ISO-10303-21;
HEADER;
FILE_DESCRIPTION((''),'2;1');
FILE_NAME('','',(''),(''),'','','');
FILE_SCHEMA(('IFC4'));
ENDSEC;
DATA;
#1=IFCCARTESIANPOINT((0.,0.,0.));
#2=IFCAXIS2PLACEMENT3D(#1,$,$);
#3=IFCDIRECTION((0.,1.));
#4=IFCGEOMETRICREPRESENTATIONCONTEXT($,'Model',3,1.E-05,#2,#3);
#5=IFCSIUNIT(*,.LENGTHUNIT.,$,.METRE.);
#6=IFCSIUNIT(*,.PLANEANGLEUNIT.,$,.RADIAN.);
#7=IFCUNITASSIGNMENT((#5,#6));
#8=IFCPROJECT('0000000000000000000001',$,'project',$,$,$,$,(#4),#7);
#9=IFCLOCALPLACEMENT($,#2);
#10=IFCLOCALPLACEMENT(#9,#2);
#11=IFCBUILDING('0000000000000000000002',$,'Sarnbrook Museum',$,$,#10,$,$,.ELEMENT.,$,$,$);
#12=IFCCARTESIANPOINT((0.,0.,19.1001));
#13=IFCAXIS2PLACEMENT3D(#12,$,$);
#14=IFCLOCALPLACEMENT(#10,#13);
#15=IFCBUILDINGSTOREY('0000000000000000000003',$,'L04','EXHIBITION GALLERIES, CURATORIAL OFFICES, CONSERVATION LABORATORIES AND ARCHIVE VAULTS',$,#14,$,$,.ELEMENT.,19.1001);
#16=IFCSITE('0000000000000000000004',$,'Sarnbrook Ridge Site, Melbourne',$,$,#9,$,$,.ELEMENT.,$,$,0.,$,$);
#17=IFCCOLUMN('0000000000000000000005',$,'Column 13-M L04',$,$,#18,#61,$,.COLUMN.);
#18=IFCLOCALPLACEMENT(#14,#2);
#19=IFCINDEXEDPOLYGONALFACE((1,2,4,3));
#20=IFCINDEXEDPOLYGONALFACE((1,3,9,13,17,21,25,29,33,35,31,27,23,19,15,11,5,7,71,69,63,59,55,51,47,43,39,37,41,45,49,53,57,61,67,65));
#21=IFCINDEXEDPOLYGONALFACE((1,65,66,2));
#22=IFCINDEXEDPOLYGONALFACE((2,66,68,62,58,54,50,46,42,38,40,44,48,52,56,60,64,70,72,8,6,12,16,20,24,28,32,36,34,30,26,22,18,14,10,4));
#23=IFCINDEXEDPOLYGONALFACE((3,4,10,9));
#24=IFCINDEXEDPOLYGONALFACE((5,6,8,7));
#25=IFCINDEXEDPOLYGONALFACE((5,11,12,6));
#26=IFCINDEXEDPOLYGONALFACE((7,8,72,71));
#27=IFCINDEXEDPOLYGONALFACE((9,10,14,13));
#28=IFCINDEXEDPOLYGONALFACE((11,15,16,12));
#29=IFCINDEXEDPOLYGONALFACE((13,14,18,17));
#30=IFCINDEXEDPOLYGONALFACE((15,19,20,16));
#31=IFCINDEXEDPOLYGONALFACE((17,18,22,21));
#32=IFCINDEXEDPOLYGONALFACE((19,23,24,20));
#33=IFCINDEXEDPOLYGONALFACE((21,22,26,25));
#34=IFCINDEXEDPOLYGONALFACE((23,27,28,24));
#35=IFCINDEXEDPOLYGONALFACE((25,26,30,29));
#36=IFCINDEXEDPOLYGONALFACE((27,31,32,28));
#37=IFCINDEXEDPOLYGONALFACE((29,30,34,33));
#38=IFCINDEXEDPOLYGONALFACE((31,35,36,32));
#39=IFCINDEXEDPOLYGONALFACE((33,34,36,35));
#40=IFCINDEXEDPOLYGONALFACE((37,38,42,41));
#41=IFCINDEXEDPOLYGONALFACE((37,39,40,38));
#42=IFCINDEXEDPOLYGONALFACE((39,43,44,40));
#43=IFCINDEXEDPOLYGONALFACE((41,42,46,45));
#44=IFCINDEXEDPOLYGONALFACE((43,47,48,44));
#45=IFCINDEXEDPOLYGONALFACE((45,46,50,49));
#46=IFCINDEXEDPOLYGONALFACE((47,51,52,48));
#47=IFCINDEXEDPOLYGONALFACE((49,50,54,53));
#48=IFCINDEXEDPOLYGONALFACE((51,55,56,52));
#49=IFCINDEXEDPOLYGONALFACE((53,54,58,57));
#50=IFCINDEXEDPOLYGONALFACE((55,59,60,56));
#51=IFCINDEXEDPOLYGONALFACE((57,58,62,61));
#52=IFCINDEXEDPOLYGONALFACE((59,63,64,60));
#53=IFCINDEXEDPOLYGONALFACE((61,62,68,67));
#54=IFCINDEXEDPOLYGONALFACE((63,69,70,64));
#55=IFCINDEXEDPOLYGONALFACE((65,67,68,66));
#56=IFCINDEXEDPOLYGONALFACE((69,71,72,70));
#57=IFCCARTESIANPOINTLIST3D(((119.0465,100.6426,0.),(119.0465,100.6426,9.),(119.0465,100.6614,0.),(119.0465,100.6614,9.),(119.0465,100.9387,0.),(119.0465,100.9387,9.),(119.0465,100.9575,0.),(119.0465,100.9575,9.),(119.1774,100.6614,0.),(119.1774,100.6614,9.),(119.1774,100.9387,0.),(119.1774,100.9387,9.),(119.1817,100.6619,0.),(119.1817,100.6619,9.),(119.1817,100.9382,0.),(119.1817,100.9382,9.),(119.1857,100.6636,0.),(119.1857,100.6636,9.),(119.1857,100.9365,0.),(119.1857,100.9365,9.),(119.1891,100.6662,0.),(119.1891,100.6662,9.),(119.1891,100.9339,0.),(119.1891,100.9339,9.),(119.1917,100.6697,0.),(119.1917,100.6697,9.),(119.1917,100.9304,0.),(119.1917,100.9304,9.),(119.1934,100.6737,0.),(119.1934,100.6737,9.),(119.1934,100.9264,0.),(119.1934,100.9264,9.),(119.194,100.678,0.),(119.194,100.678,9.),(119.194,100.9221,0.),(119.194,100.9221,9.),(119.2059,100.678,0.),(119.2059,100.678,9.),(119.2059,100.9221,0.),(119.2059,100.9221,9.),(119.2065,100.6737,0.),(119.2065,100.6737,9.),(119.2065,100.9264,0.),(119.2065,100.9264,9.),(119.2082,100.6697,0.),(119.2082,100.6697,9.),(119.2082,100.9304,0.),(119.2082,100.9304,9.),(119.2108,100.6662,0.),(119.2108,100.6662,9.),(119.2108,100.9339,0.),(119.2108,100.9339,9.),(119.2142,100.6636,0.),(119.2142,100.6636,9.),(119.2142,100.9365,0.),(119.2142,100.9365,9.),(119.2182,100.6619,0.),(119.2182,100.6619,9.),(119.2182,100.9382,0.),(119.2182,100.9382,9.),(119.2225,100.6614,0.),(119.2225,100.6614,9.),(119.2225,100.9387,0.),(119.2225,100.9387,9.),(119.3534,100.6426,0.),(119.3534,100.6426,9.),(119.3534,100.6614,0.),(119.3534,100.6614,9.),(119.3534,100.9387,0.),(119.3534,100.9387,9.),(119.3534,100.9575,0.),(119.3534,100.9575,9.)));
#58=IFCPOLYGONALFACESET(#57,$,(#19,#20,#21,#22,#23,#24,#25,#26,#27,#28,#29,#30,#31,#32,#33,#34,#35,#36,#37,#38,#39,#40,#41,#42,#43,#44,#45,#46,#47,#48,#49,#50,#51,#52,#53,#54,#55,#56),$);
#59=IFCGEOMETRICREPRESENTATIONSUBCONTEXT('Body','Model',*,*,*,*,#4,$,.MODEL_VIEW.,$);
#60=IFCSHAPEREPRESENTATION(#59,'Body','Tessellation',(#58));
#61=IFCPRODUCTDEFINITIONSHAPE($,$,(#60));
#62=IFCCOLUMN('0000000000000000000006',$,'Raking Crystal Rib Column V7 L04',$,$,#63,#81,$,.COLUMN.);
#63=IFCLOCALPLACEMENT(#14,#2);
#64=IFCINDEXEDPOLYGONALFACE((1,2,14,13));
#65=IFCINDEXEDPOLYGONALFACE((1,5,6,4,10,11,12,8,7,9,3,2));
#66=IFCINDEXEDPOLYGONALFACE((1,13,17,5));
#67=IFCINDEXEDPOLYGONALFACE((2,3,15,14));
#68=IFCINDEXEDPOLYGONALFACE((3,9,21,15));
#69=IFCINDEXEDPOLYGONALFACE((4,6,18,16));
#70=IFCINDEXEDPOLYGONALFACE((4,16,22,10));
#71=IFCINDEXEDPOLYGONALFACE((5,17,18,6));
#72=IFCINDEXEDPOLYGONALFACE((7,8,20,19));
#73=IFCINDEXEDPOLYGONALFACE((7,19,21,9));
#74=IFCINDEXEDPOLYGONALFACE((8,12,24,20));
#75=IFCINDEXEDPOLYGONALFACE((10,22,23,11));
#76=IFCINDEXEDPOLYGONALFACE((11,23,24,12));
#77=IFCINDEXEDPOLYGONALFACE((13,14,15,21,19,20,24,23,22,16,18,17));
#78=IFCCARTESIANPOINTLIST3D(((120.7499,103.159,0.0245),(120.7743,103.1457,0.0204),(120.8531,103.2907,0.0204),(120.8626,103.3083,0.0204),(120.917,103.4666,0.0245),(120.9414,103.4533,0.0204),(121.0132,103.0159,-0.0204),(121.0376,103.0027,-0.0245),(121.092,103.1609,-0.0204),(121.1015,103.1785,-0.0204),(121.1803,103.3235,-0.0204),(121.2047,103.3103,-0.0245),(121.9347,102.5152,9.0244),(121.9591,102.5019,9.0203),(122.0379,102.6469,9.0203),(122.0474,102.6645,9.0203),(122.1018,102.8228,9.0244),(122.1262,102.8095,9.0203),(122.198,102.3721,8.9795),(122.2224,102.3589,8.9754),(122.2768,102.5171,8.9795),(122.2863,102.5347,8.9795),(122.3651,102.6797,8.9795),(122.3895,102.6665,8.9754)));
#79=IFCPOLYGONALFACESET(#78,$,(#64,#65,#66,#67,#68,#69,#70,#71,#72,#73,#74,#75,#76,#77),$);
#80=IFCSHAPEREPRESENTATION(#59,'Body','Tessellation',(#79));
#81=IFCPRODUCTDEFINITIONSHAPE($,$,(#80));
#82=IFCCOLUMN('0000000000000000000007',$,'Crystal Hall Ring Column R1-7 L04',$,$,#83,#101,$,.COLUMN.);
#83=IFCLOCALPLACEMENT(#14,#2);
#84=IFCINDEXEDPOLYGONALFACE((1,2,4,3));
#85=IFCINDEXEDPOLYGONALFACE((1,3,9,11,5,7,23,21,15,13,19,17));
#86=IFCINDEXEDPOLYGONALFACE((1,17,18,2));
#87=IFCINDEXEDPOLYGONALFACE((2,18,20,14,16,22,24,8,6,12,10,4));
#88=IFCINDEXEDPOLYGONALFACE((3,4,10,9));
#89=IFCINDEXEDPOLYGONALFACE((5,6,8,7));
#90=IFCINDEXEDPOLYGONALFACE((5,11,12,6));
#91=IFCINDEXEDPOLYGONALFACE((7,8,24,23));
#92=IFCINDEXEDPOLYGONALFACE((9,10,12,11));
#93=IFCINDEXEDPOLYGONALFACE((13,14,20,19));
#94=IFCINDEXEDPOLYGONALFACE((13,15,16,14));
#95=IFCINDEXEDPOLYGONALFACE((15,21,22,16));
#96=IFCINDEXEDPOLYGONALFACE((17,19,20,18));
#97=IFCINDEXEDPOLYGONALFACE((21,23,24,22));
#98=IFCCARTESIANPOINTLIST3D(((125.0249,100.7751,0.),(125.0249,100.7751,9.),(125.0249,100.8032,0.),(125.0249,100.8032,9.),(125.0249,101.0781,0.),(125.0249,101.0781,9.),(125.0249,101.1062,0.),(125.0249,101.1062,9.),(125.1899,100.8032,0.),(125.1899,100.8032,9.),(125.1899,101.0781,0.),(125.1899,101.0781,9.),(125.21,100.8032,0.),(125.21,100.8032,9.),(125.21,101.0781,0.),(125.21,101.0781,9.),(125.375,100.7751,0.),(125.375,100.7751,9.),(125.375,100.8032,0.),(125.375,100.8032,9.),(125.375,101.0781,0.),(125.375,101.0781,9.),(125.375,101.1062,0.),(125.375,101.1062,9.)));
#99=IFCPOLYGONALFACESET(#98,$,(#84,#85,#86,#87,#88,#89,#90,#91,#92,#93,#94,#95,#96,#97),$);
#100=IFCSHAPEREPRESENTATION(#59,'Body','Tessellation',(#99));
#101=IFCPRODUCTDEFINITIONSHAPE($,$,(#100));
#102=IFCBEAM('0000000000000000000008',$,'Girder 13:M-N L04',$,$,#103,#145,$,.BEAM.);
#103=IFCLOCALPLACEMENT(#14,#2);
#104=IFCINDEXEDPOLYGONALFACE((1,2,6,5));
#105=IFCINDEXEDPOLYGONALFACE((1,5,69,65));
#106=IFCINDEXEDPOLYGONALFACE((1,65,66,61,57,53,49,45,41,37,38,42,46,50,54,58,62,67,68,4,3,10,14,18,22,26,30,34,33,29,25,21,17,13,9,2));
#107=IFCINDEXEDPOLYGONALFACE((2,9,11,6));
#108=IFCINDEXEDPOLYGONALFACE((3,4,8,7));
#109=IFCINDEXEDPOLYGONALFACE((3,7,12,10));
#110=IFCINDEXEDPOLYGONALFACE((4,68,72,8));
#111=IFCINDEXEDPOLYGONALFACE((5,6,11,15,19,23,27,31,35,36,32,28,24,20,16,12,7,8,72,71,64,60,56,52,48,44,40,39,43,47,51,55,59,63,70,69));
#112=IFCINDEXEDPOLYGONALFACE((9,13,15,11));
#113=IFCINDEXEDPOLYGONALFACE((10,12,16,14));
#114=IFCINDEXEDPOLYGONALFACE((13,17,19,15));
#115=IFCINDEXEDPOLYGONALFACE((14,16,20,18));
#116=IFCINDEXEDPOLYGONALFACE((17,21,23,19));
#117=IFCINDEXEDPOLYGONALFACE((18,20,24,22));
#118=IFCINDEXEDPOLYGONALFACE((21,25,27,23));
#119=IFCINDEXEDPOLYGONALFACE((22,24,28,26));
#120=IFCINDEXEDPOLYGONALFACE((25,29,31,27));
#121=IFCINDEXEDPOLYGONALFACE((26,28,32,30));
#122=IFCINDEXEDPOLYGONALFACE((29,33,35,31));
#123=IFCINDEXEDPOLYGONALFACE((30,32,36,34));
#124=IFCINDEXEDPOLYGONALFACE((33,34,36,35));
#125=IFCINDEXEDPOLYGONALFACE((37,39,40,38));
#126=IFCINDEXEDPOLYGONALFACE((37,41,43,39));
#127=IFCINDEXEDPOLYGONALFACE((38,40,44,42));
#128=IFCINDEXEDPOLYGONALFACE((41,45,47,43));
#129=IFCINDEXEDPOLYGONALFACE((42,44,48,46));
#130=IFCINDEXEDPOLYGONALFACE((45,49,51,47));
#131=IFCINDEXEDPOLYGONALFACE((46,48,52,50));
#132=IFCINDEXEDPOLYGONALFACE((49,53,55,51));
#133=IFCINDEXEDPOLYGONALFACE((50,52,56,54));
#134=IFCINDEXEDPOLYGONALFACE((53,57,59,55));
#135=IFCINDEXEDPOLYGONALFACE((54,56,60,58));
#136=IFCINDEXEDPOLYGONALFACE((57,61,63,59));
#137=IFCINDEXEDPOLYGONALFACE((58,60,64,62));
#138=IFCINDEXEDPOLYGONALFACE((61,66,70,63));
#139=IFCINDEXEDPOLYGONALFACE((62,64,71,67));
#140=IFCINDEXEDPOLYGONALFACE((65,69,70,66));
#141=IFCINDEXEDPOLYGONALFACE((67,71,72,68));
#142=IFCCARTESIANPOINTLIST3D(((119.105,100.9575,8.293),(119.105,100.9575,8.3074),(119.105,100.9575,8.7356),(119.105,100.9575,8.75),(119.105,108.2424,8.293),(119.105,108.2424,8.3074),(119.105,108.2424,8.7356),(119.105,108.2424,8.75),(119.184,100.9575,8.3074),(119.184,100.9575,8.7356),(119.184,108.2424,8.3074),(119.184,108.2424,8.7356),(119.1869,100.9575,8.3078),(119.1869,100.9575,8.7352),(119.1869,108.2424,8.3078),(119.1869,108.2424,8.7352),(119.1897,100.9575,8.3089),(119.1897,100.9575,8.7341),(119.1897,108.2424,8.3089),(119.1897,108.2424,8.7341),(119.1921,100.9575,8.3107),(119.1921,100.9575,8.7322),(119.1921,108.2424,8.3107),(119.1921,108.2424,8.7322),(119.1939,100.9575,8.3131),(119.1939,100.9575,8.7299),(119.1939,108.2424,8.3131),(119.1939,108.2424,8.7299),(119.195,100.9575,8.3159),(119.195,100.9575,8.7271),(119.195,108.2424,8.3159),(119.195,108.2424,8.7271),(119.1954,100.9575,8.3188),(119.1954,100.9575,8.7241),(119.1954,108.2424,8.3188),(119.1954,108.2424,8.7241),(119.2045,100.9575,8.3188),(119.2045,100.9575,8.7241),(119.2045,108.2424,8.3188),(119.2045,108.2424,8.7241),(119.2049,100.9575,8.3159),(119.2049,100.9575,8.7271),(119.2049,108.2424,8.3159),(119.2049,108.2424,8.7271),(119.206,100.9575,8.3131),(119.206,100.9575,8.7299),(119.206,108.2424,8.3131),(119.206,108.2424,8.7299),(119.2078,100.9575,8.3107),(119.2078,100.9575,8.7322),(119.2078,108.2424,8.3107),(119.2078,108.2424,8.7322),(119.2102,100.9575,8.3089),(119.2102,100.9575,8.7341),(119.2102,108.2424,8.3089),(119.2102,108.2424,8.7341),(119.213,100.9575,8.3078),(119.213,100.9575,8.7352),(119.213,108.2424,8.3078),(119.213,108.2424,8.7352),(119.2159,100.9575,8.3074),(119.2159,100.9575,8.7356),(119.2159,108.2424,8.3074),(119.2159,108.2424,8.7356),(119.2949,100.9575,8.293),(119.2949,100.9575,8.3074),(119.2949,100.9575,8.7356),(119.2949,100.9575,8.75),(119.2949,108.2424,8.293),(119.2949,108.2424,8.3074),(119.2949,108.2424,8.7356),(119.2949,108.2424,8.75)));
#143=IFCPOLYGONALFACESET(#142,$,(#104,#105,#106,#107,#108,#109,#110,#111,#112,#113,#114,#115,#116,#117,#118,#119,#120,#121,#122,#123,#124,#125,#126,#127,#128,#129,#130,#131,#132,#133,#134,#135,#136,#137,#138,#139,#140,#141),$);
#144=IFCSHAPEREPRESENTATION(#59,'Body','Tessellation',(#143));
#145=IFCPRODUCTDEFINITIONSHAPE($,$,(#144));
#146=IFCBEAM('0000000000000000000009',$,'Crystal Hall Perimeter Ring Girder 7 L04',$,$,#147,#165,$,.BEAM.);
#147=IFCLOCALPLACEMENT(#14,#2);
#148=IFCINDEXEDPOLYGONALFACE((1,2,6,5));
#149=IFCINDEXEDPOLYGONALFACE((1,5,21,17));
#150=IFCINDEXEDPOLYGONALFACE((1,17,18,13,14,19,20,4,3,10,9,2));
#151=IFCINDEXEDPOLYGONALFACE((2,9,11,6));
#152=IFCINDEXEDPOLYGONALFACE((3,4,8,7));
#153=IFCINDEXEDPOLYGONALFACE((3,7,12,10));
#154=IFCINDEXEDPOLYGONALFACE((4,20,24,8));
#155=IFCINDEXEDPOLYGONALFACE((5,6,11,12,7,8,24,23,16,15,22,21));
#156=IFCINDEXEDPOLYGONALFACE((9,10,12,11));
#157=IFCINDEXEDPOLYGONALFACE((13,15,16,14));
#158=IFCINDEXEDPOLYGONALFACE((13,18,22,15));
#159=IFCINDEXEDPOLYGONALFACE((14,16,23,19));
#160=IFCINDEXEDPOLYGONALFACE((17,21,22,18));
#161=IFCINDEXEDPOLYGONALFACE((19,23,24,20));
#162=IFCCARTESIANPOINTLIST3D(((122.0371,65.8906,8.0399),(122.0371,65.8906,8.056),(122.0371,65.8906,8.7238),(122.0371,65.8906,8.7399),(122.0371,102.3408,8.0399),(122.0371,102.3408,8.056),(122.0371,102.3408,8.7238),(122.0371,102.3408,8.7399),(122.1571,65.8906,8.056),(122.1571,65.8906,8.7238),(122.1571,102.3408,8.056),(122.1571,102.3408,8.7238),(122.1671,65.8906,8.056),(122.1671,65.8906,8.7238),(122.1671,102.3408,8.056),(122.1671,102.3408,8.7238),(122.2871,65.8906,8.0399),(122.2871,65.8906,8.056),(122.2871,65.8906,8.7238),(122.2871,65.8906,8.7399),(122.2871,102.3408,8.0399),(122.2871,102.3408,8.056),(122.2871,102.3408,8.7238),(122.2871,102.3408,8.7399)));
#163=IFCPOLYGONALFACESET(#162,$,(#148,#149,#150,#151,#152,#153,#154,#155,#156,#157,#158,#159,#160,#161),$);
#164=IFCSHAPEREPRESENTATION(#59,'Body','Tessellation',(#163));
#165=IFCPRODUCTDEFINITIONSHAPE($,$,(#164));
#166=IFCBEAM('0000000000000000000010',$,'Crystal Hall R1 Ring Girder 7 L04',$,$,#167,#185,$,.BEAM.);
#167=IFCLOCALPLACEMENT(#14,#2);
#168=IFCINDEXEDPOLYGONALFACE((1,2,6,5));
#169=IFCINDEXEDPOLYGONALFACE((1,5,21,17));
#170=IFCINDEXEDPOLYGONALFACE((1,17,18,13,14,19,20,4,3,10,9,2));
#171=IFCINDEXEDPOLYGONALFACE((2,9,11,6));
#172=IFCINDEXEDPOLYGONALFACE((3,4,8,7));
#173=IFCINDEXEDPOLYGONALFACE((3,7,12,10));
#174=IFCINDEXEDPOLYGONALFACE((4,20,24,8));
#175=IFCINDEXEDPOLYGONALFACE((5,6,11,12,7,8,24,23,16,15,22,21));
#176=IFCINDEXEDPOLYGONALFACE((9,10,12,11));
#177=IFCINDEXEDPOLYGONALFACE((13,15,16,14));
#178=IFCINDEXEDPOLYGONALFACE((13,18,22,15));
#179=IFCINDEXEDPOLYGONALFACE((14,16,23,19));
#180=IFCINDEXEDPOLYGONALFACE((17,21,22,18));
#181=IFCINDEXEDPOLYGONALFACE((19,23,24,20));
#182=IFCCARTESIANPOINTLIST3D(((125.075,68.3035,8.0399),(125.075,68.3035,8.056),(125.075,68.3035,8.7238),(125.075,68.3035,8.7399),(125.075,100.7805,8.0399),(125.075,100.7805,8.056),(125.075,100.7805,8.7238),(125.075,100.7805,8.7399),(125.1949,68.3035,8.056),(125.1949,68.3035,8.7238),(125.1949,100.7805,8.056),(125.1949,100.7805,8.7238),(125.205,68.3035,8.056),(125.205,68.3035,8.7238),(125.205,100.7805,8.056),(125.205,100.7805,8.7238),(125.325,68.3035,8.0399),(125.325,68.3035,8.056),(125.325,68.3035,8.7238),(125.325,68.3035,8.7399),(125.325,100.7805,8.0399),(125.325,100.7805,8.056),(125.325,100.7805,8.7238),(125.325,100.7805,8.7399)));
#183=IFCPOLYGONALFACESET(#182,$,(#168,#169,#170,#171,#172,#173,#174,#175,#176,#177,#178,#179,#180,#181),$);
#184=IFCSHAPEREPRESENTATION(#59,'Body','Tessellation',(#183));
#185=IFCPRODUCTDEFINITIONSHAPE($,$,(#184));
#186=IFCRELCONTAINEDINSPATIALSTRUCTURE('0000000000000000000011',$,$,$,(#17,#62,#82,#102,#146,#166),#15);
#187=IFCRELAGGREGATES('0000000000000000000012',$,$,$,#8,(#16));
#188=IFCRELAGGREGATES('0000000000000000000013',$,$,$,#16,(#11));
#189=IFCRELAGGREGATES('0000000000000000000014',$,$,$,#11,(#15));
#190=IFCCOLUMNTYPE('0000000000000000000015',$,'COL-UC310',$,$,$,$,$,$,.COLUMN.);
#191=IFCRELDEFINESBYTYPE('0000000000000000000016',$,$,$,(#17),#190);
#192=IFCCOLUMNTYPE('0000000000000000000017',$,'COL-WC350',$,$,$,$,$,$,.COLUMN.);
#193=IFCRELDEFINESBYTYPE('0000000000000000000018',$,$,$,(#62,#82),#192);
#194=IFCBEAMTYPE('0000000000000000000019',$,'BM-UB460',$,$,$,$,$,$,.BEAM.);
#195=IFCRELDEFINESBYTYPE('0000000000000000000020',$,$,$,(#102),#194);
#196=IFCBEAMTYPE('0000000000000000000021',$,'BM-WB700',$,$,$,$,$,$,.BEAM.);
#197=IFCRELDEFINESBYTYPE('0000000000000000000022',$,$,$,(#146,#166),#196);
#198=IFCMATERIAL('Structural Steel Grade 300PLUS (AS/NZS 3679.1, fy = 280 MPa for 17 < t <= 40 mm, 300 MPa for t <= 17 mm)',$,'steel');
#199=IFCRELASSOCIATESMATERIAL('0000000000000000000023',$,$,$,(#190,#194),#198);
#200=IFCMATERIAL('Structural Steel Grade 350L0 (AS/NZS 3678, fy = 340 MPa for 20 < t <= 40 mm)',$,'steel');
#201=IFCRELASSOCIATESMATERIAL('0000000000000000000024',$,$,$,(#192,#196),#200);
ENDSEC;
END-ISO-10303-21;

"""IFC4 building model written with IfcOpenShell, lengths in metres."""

from ifc_helpers import new_model, si_unit, direction, frame, origin, origin_2d, place, context, subcontext, project, spatial, i_section, extrude, material, material_profile, profile_set, type_object, element, save


model = new_model("IFC4")

# Units and contexts
model_context = context("Model", 3, precision=1e-05, world=origin(), true_north=direction((0.0, 1.0)))
body_context = subcontext(model_context, "Body", "Model", "MODEL_VIEW")
ifc_project = project(units=[si_unit("LENGTHUNIT", "METRE"), si_unit("PLANEANGLEUNIT", "RADIAN")], contexts=[model_context])

# Site, building, storey
site_placement = place(None, origin())
site = spatial("IfcSite", under=ifc_project, at=site_placement, Name="Sarnbrook Ridge Site, Melbourne", CompositionType="ELEMENT", RefElevation=0.0)
building_placement = place(site_placement, origin())
building = spatial("IfcBuilding", under=site, at=building_placement, Name="Sarnbrook Museum", CompositionType="ELEMENT")
storey_placement = place(building_placement, frame((0.0, 0.0, 19.1001)))
storey = spatial("IfcBuildingStorey", under=building, at=storey_placement, Name="L04", Description="EXHIBITION GALLERIES, CURATORIAL OFFICES, CONSERVATION LABORATORIES AND ARCHIVE VAULTS", CompositionType="ELEMENT", Elevation=19.1001)

# Columns
ifc_material_1 = material(Name="Structural Steel Grade 300PLUS (AS/NZS 3679.1, fy = 280 MPa for 17 < t <= 40 mm, 300 MPa for t <= 17 mm)", Category="steel")
ifc_material_profile_1 = material_profile(ifc_material_1, i_section(OverallWidth=0.3069, OverallDepth=0.3149, WebThickness=0.012, FlangeThickness=0.0188, FilletRadius=0.0166, at=origin_2d()), Name="310UC118")
ifc_profile_set_1 = profile_set([ifc_material_profile_1], Name="Structural Steel Grade 300PLUS (AS/NZS 3679.1, fy = 280 MPa for 17 < t <= 40 mm, 300 MPa for t <= 17 mm)")
column_type_1 = type_object("IfcColumnType", Name="COL-UC310", PredefinedType="COLUMN", material=ifc_profile_set_1)
column_1_placement = place(storey_placement, frame((119.2, 100.8, 0.0), z_axis=(0.0, 0.0, 1.0), x_axis=(1.0, 0.0, 0.0)))
element("IfcColumn", 1, at=column_1_placement, inside=storey, type_object=column_type_1, Name="Column 13-M L04", PredefinedType="COLUMN", context=body_context, shape_type="SweptSolid", body=[
    extrude(i_section(OverallWidth=0.3069, OverallDepth=0.3149, WebThickness=0.012, FlangeThickness=0.0188, FilletRadius=0.0166, at=origin_2d()), origin(), (0.0, 0.0, 1.0), 9.0),
])
ifc_material_2 = material(Name="Structural Steel Grade 350L0 (AS/NZS 3678, fy = 340 MPa for 20 < t <= 40 mm)", Category="steel")
ifc_material_profile_2 = material_profile(ifc_material_2, i_section(OverallWidth=0.3501, OverallDepth=0.3311, WebThickness=0.02, FlangeThickness=0.0281, at=origin_2d()), Name="350WC197")
ifc_profile_set_2 = profile_set([ifc_material_profile_2], Name="Structural Steel Grade 350L0 (AS/NZS 3678, fy = 340 MPa for 20 < t <= 40 mm)")
column_type_2 = type_object("IfcColumnType", Name="COL-WC350", PredefinedType="COLUMN", material=ifc_profile_set_2)
column_2_placement = place(storey_placement, frame((120.9773, 103.2346, 0.0), z_axis=(0.130193, -0.070744, 0.988962), x_axis=(0.477443, 0.878662, 0.0)))
element("IfcColumn", 2, at=column_2_placement, inside=storey, type_object=column_type_2, Name="Raking Crystal Rib Column V7 L04", PredefinedType="COLUMN", context=body_context, shape_type="SweptSolid", body=[
    extrude(i_section(OverallWidth=0.3501, OverallDepth=0.3311, WebThickness=0.02, FlangeThickness=0.0281, at=origin_2d()), origin(), (0.0, 0.0, 1.0), 9.1003),
])
column_3_placement = place(storey_placement, frame((125.2, 100.9407, 0.0), z_axis=(0.0, 0.0, 1.0), x_axis=(1.0, 0.0, 0.0)))
element("IfcColumn", 3, at=column_3_placement, inside=storey, type_object=column_type_2, Name="Crystal Hall Ring Column R1-7 L04", PredefinedType="COLUMN", context=body_context, shape_type="SweptSolid", body=[
    extrude(i_section(OverallWidth=0.3501, OverallDepth=0.3311, WebThickness=0.02, FlangeThickness=0.0281, at=origin_2d()), origin(), (0.0, 0.0, 1.0), 9.0),
])

# Beams
ifc_material_profile_3 = material_profile(ifc_material_1, i_section(OverallWidth=0.1899, OverallDepth=0.457, WebThickness=0.009, FlangeThickness=0.0144, FilletRadius=0.0115, at=origin_2d()), Name="460UB74.6")
ifc_profile_set_3 = profile_set([ifc_material_profile_3], Name="Structural Steel Grade 300PLUS (AS/NZS 3679.1, fy = 280 MPa for 17 < t <= 40 mm, 300 MPa for t <= 17 mm)")
beam_type_1 = type_object("IfcBeamType", Name="BM-UB460", PredefinedType="BEAM", material=ifc_profile_set_3)
beam_1_placement = place(storey_placement, frame((119.2, 100.9575, 8.5215), z_axis=(0.0, 1.0, 0.0), x_axis=(-1.0, 0.0, 0.0)))
element("IfcBeam", 4, at=beam_1_placement, inside=storey, type_object=beam_type_1, Name="Girder 13:M-N L04", PredefinedType="BEAM", context=body_context, shape_type="SweptSolid", body=[
    extrude(i_section(OverallWidth=0.1899, OverallDepth=0.457, WebThickness=0.009, FlangeThickness=0.0144, FilletRadius=0.0115, at=origin_2d()), origin(), (0.0, 0.0, 1.0), 7.2849),
])
ifc_material_profile_4 = material_profile(ifc_material_2, i_section(OverallWidth=0.25, OverallDepth=0.7, WebThickness=0.01, FlangeThickness=0.0161, at=origin_2d()), Name="700WB130")
ifc_profile_set_4 = profile_set([ifc_material_profile_4], Name="Structural Steel Grade 350L0 (AS/NZS 3678, fy = 340 MPa for 20 < t <= 40 mm)")
beam_type_2 = type_object("IfcBeamType", Name="BM-WB700", PredefinedType="BEAM", material=ifc_profile_set_4)
beam_2_placement = place(storey_placement, frame((122.1621, 102.3408, 8.3899), z_axis=(0.0, -1.0, 0.0), x_axis=(1.0, 0.0, 0.0)))
element("IfcBeam", 5, at=beam_2_placement, inside=storey, type_object=beam_type_2, Name="Crystal Hall Perimeter Ring Girder 7 L04", PredefinedType="BEAM", context=body_context, shape_type="SweptSolid", body=[
    extrude(i_section(OverallWidth=0.25, OverallDepth=0.7, WebThickness=0.01, FlangeThickness=0.0161, at=origin_2d()), origin(), (0.0, 0.0, 1.0), 36.4502),
])
beam_3_placement = place(storey_placement, frame((125.2, 100.7805, 8.3899), z_axis=(0.0, -1.0, 0.0), x_axis=(1.0, 0.0, 0.0)))
element("IfcBeam", 6, at=beam_3_placement, inside=storey, type_object=beam_type_2, Name="Crystal Hall R1 Ring Girder 7 L04", PredefinedType="BEAM", context=body_context, shape_type="SweptSolid", body=[
    extrude(i_section(OverallWidth=0.25, OverallDepth=0.7, WebThickness=0.01, FlangeThickness=0.0161, at=origin_2d()), origin(), (0.0, 0.0, 1.0), 32.4771),
])

save(model, "model.ifc")
